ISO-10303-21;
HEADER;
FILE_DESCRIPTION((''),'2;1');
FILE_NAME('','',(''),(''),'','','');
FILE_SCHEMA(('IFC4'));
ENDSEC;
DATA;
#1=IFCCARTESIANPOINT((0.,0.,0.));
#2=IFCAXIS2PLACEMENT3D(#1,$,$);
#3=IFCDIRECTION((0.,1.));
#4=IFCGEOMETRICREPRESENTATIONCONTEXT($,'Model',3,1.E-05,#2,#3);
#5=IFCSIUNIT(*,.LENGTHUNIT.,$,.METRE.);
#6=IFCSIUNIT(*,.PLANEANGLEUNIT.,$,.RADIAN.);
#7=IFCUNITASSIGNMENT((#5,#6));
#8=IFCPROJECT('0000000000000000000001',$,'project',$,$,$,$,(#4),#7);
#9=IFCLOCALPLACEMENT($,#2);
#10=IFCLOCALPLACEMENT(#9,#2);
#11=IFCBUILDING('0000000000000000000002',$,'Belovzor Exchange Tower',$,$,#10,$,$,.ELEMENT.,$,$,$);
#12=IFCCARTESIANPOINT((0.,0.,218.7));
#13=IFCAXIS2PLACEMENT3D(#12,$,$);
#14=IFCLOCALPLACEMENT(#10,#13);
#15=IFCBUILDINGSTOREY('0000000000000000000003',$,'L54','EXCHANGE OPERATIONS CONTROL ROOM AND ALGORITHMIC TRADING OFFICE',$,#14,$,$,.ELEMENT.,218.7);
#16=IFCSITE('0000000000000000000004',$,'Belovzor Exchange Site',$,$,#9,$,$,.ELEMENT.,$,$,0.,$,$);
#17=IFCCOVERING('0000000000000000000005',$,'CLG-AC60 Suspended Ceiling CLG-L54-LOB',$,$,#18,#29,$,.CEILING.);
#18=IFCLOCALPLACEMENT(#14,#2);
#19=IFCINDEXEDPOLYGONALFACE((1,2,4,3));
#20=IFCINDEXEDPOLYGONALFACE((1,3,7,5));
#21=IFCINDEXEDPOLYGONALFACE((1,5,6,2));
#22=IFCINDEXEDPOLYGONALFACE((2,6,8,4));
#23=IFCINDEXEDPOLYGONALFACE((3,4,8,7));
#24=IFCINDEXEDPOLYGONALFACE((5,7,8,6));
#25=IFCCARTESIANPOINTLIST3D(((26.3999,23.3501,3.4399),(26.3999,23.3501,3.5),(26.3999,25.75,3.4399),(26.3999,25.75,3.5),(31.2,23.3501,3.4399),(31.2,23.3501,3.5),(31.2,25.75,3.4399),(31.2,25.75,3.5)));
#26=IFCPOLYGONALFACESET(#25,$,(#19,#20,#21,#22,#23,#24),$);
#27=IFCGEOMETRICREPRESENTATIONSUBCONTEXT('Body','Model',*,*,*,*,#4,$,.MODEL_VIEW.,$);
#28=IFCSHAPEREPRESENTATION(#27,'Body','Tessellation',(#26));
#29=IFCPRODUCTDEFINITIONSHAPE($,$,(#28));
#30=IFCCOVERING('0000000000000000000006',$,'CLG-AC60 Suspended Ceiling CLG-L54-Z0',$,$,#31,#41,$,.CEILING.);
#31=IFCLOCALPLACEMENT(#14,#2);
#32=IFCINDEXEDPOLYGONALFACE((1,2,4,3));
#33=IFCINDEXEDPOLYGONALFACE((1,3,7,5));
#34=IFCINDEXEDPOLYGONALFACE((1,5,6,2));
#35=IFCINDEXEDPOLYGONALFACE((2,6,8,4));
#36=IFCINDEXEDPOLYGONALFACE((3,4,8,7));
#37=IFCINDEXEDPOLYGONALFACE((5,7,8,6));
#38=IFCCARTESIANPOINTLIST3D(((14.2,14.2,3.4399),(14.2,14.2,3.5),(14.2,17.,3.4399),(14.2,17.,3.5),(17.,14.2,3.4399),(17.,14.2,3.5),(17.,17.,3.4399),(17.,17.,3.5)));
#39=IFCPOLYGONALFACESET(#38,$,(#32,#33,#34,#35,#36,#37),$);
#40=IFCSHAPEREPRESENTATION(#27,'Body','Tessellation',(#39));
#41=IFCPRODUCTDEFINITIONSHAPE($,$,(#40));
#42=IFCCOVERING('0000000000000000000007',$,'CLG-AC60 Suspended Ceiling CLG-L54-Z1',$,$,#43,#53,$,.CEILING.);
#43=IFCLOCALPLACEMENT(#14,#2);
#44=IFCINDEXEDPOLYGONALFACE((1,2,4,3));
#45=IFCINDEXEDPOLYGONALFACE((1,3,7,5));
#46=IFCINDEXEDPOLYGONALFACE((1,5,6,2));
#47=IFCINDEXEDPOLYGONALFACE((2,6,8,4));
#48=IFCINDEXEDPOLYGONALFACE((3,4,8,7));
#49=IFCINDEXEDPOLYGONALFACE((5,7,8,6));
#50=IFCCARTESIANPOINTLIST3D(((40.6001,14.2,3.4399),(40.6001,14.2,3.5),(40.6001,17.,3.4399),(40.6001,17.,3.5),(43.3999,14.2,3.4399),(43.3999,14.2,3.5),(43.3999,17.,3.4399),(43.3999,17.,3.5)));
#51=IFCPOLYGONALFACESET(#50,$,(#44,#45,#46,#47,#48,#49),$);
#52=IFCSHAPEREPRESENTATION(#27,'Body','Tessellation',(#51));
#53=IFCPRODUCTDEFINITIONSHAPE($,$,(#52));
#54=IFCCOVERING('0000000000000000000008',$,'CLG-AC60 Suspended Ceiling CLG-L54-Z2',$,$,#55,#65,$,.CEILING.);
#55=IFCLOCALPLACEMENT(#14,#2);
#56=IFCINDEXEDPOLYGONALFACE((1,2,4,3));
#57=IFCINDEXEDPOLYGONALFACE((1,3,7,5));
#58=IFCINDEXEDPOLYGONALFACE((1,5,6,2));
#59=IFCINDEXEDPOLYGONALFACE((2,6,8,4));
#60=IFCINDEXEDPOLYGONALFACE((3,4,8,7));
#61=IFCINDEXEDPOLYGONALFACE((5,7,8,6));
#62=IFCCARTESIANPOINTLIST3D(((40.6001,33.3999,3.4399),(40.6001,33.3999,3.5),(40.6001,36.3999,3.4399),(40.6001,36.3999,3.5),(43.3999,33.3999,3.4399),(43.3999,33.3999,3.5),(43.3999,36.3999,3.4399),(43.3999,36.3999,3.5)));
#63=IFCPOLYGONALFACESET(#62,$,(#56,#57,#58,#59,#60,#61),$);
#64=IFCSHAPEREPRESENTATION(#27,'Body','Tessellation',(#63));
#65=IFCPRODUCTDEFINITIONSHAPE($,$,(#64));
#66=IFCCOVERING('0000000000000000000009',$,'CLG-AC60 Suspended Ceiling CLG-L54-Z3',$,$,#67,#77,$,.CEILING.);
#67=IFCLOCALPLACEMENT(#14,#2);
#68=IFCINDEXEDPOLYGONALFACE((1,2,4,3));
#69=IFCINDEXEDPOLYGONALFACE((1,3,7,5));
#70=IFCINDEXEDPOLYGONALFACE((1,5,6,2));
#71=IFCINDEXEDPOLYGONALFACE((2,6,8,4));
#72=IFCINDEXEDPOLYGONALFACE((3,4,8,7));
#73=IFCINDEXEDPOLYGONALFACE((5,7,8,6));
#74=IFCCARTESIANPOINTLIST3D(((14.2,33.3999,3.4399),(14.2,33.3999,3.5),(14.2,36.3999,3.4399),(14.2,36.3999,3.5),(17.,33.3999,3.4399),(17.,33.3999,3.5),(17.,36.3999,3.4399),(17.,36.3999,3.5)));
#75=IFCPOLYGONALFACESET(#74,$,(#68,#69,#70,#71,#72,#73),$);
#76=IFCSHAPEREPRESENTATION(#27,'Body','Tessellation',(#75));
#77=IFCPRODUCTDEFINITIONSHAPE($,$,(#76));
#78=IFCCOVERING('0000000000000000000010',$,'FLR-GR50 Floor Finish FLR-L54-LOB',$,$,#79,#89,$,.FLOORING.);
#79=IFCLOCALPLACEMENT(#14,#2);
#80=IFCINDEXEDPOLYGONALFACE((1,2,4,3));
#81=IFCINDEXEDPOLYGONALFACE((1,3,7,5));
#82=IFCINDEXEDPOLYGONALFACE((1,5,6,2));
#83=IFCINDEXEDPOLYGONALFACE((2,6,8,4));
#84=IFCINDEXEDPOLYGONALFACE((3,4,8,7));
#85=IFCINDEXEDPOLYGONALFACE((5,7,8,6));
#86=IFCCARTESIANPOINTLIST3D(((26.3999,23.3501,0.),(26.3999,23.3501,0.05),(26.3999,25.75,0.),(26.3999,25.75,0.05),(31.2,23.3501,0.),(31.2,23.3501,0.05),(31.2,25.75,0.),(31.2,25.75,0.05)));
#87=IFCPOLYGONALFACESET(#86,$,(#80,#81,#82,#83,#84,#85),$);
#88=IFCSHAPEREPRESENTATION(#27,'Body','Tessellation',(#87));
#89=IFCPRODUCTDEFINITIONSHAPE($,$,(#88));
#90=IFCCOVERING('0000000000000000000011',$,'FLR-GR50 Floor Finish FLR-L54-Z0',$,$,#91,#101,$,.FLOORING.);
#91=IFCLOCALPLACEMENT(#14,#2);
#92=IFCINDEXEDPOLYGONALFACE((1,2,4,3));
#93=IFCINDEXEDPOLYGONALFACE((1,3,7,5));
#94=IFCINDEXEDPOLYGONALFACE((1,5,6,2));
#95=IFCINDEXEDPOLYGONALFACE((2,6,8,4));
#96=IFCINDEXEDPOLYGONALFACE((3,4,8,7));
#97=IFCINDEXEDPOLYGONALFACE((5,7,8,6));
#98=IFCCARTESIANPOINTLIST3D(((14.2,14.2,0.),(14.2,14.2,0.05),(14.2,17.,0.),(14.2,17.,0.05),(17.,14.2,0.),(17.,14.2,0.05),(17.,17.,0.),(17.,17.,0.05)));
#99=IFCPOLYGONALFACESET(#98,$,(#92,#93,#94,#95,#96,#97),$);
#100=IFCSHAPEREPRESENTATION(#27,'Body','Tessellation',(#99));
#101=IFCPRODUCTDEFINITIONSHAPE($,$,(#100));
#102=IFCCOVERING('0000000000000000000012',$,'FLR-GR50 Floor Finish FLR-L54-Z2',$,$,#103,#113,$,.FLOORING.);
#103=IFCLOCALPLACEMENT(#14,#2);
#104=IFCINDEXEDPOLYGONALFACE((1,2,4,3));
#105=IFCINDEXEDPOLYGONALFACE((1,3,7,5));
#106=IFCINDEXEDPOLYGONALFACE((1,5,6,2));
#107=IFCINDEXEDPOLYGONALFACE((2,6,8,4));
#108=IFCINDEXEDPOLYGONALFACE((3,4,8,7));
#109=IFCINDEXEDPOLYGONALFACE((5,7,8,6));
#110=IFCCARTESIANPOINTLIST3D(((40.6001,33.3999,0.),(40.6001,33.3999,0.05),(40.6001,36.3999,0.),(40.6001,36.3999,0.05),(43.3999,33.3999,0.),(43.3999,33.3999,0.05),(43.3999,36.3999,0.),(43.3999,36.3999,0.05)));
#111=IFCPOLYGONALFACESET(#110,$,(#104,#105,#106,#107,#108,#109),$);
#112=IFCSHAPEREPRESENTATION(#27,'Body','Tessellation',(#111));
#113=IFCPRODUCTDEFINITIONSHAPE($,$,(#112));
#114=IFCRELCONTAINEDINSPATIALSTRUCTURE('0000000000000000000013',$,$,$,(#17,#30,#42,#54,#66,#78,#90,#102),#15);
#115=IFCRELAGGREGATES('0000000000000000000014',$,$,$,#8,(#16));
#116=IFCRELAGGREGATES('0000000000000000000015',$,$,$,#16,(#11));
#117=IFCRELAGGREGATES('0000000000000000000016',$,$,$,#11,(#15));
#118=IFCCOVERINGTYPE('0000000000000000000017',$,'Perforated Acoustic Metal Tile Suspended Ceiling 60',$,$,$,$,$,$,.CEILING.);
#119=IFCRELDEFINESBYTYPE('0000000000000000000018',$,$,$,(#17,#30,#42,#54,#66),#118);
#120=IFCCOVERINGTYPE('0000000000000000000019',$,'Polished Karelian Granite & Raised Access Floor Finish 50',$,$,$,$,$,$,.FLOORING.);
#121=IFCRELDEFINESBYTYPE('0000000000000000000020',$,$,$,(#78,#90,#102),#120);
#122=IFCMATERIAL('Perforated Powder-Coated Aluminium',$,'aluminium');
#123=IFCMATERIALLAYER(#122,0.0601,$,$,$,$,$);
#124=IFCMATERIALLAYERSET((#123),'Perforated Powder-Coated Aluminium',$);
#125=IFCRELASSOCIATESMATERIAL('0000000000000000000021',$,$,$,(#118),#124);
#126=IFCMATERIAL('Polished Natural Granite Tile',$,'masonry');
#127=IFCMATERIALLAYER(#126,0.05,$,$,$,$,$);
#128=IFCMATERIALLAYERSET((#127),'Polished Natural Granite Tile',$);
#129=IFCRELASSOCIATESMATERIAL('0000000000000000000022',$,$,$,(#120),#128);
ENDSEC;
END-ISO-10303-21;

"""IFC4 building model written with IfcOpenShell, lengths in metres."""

from ifc_helpers import new_model, si_unit, direction, frame, origin, place, context, subcontext, project, spatial, polyline, outline, extrude, material, layer, layer_set, type_object, element, save


model = new_model("IFC4")

# Units and contexts
model_context = context("Model", 3, precision=1e-05, world=origin(), true_north=direction((0.0, 1.0)))
body_context = subcontext(model_context, "Body", "Model", "MODEL_VIEW")
ifc_project = project(units=[si_unit("LENGTHUNIT", "METRE"), si_unit("PLANEANGLEUNIT", "RADIAN")], contexts=[model_context])

# Site, building, storey
site_placement = place(None, origin())
site = spatial("IfcSite", under=ifc_project, at=site_placement, Name="Belovzor Exchange Site", CompositionType="ELEMENT", RefElevation=0.0)
building_placement = place(site_placement, origin())
building = spatial("IfcBuilding", under=site, at=building_placement, Name="Belovzor Exchange Tower", CompositionType="ELEMENT")
storey_placement = place(building_placement, frame((0.0, 0.0, 218.7)))
storey = spatial("IfcBuildingStorey", under=building, at=storey_placement, Name="L54", Description="EXCHANGE OPERATIONS CONTROL ROOM AND ALGORITHMIC TRADING OFFICE", CompositionType="ELEMENT", Elevation=218.7)

# Coverings
ifc_material_1 = material(Name="Perforated Powder-Coated Aluminium", Category="aluminium")
ifc_layer_1 = layer(ifc_material_1, 0.0601)
ifc_layer_set_1 = layer_set([ifc_layer_1], Name="Perforated Powder-Coated Aluminium")
covering_type_1 = type_object("IfcCoveringType", Name="Perforated Acoustic Metal Tile Suspended Ceiling 60", PredefinedType="CEILING", material=ifc_layer_set_1)
covering_1_placement = place(storey_placement, frame((0.0, 0.0, 3.4399)))
element("IfcCovering", 1, at=covering_1_placement, inside=storey, type_object=covering_type_1, Name="CLG-AC60 Suspended Ceiling CLG-L54-LOB", PredefinedType="CEILING", context=body_context, shape_type="SweptSolid", body=[
    extrude(outline(polyline([(26.3999, 23.3501), (31.2, 23.3501), (31.2, 25.75), (26.3999, 25.75), (26.3999, 23.3501)])), origin(), (0.0, 0.0, 1.0), 0.0601),
])
covering_2_placement = place(storey_placement, frame((0.0, 0.0, 3.4399)))
element("IfcCovering", 2, at=covering_2_placement, inside=storey, type_object=covering_type_1, Name="CLG-AC60 Suspended Ceiling CLG-L54-Z0", PredefinedType="CEILING", context=body_context, shape_type="SweptSolid", body=[
    extrude(outline(polyline([(14.2, 14.2), (17.0, 14.2), (17.0, 17.0), (14.2, 17.0), (14.2, 14.2)])), origin(), (0.0, 0.0, 1.0), 0.0601),
])
covering_3_placement = place(storey_placement, frame((0.0, 0.0, 3.4399)))
element("IfcCovering", 3, at=covering_3_placement, inside=storey, type_object=covering_type_1, Name="CLG-AC60 Suspended Ceiling CLG-L54-Z1", PredefinedType="CEILING", context=body_context, shape_type="SweptSolid", body=[
    extrude(outline(polyline([(40.6001, 14.2), (43.3999, 14.2), (43.3999, 17.0), (40.6001, 17.0), (40.6001, 14.2)])), origin(), (0.0, 0.0, 1.0), 0.0601),
])
covering_4_placement = place(storey_placement, frame((0.0, 0.0, 3.4399)))
element("IfcCovering", 4, at=covering_4_placement, inside=storey, type_object=covering_type_1, Name="CLG-AC60 Suspended Ceiling CLG-L54-Z2", PredefinedType="CEILING", context=body_context, shape_type="SweptSolid", body=[
    extrude(outline(polyline([(40.6001, 33.3999), (43.3999, 33.3999), (43.3999, 36.3999), (40.6001, 36.3999), (40.6001, 33.3999)])), origin(), (0.0, 0.0, 1.0), 0.0601),
])
covering_5_placement = place(storey_placement, frame((0.0, 0.0, 3.4399)))
element("IfcCovering", 5, at=covering_5_placement, inside=storey, type_object=covering_type_1, Name="CLG-AC60 Suspended Ceiling CLG-L54-Z3", PredefinedType="CEILING", context=body_context, shape_type="SweptSolid", body=[
    extrude(outline(polyline([(14.2, 33.3999), (17.0, 33.3999), (17.0, 36.3999), (14.2, 36.3999), (14.2, 33.3999)])), origin(), (0.0, 0.0, 1.0), 0.0601),
])
ifc_material_2 = material(Name="Polished Natural Granite Tile", Category="masonry")
ifc_layer_2 = layer(ifc_material_2, 0.05)
ifc_layer_set_2 = layer_set([ifc_layer_2], Name="Polished Natural Granite Tile")
covering_type_2 = type_object("IfcCoveringType", Name="Polished Karelian Granite & Raised Access Floor Finish 50", PredefinedType="FLOORING", material=ifc_layer_set_2)
covering_6_placement = place(storey_placement, origin())
element("IfcCovering", 6, at=covering_6_placement, inside=storey, type_object=covering_type_2, Name="FLR-GR50 Floor Finish FLR-L54-LOB", PredefinedType="FLOORING", context=body_context, shape_type="SweptSolid", body=[
    extrude(outline(polyline([(26.3999, 23.3501), (31.2, 23.3501), (31.2, 25.75), (26.3999, 25.75), (26.3999, 23.3501)])), origin(), (0.0, 0.0, 1.0), 0.05),
])
covering_7_placement = place(storey_placement, origin())
element("IfcCovering", 7, at=covering_7_placement, inside=storey, type_object=covering_type_2, Name="FLR-GR50 Floor Finish FLR-L54-Z0", PredefinedType="FLOORING", context=body_context, shape_type="SweptSolid", body=[
    extrude(outline(polyline([(14.2, 14.2), (17.0, 14.2), (17.0, 17.0), (14.2, 17.0), (14.2, 14.2)])), origin(), (0.0, 0.0, 1.0), 0.05),
])
covering_8_placement = place(storey_placement, origin())
element("IfcCovering", 8, at=covering_8_placement, inside=storey, type_object=covering_type_2, Name="FLR-GR50 Floor Finish FLR-L54-Z2", PredefinedType="FLOORING", context=body_context, shape_type="SweptSolid", body=[
    extrude(outline(polyline([(40.6001, 33.3999), (43.3999, 33.3999), (43.3999, 36.3999), (40.6001, 36.3999), (40.6001, 33.3999)])), origin(), (0.0, 0.0, 1.0), 0.05),
])

save(model, "model.ifc")
